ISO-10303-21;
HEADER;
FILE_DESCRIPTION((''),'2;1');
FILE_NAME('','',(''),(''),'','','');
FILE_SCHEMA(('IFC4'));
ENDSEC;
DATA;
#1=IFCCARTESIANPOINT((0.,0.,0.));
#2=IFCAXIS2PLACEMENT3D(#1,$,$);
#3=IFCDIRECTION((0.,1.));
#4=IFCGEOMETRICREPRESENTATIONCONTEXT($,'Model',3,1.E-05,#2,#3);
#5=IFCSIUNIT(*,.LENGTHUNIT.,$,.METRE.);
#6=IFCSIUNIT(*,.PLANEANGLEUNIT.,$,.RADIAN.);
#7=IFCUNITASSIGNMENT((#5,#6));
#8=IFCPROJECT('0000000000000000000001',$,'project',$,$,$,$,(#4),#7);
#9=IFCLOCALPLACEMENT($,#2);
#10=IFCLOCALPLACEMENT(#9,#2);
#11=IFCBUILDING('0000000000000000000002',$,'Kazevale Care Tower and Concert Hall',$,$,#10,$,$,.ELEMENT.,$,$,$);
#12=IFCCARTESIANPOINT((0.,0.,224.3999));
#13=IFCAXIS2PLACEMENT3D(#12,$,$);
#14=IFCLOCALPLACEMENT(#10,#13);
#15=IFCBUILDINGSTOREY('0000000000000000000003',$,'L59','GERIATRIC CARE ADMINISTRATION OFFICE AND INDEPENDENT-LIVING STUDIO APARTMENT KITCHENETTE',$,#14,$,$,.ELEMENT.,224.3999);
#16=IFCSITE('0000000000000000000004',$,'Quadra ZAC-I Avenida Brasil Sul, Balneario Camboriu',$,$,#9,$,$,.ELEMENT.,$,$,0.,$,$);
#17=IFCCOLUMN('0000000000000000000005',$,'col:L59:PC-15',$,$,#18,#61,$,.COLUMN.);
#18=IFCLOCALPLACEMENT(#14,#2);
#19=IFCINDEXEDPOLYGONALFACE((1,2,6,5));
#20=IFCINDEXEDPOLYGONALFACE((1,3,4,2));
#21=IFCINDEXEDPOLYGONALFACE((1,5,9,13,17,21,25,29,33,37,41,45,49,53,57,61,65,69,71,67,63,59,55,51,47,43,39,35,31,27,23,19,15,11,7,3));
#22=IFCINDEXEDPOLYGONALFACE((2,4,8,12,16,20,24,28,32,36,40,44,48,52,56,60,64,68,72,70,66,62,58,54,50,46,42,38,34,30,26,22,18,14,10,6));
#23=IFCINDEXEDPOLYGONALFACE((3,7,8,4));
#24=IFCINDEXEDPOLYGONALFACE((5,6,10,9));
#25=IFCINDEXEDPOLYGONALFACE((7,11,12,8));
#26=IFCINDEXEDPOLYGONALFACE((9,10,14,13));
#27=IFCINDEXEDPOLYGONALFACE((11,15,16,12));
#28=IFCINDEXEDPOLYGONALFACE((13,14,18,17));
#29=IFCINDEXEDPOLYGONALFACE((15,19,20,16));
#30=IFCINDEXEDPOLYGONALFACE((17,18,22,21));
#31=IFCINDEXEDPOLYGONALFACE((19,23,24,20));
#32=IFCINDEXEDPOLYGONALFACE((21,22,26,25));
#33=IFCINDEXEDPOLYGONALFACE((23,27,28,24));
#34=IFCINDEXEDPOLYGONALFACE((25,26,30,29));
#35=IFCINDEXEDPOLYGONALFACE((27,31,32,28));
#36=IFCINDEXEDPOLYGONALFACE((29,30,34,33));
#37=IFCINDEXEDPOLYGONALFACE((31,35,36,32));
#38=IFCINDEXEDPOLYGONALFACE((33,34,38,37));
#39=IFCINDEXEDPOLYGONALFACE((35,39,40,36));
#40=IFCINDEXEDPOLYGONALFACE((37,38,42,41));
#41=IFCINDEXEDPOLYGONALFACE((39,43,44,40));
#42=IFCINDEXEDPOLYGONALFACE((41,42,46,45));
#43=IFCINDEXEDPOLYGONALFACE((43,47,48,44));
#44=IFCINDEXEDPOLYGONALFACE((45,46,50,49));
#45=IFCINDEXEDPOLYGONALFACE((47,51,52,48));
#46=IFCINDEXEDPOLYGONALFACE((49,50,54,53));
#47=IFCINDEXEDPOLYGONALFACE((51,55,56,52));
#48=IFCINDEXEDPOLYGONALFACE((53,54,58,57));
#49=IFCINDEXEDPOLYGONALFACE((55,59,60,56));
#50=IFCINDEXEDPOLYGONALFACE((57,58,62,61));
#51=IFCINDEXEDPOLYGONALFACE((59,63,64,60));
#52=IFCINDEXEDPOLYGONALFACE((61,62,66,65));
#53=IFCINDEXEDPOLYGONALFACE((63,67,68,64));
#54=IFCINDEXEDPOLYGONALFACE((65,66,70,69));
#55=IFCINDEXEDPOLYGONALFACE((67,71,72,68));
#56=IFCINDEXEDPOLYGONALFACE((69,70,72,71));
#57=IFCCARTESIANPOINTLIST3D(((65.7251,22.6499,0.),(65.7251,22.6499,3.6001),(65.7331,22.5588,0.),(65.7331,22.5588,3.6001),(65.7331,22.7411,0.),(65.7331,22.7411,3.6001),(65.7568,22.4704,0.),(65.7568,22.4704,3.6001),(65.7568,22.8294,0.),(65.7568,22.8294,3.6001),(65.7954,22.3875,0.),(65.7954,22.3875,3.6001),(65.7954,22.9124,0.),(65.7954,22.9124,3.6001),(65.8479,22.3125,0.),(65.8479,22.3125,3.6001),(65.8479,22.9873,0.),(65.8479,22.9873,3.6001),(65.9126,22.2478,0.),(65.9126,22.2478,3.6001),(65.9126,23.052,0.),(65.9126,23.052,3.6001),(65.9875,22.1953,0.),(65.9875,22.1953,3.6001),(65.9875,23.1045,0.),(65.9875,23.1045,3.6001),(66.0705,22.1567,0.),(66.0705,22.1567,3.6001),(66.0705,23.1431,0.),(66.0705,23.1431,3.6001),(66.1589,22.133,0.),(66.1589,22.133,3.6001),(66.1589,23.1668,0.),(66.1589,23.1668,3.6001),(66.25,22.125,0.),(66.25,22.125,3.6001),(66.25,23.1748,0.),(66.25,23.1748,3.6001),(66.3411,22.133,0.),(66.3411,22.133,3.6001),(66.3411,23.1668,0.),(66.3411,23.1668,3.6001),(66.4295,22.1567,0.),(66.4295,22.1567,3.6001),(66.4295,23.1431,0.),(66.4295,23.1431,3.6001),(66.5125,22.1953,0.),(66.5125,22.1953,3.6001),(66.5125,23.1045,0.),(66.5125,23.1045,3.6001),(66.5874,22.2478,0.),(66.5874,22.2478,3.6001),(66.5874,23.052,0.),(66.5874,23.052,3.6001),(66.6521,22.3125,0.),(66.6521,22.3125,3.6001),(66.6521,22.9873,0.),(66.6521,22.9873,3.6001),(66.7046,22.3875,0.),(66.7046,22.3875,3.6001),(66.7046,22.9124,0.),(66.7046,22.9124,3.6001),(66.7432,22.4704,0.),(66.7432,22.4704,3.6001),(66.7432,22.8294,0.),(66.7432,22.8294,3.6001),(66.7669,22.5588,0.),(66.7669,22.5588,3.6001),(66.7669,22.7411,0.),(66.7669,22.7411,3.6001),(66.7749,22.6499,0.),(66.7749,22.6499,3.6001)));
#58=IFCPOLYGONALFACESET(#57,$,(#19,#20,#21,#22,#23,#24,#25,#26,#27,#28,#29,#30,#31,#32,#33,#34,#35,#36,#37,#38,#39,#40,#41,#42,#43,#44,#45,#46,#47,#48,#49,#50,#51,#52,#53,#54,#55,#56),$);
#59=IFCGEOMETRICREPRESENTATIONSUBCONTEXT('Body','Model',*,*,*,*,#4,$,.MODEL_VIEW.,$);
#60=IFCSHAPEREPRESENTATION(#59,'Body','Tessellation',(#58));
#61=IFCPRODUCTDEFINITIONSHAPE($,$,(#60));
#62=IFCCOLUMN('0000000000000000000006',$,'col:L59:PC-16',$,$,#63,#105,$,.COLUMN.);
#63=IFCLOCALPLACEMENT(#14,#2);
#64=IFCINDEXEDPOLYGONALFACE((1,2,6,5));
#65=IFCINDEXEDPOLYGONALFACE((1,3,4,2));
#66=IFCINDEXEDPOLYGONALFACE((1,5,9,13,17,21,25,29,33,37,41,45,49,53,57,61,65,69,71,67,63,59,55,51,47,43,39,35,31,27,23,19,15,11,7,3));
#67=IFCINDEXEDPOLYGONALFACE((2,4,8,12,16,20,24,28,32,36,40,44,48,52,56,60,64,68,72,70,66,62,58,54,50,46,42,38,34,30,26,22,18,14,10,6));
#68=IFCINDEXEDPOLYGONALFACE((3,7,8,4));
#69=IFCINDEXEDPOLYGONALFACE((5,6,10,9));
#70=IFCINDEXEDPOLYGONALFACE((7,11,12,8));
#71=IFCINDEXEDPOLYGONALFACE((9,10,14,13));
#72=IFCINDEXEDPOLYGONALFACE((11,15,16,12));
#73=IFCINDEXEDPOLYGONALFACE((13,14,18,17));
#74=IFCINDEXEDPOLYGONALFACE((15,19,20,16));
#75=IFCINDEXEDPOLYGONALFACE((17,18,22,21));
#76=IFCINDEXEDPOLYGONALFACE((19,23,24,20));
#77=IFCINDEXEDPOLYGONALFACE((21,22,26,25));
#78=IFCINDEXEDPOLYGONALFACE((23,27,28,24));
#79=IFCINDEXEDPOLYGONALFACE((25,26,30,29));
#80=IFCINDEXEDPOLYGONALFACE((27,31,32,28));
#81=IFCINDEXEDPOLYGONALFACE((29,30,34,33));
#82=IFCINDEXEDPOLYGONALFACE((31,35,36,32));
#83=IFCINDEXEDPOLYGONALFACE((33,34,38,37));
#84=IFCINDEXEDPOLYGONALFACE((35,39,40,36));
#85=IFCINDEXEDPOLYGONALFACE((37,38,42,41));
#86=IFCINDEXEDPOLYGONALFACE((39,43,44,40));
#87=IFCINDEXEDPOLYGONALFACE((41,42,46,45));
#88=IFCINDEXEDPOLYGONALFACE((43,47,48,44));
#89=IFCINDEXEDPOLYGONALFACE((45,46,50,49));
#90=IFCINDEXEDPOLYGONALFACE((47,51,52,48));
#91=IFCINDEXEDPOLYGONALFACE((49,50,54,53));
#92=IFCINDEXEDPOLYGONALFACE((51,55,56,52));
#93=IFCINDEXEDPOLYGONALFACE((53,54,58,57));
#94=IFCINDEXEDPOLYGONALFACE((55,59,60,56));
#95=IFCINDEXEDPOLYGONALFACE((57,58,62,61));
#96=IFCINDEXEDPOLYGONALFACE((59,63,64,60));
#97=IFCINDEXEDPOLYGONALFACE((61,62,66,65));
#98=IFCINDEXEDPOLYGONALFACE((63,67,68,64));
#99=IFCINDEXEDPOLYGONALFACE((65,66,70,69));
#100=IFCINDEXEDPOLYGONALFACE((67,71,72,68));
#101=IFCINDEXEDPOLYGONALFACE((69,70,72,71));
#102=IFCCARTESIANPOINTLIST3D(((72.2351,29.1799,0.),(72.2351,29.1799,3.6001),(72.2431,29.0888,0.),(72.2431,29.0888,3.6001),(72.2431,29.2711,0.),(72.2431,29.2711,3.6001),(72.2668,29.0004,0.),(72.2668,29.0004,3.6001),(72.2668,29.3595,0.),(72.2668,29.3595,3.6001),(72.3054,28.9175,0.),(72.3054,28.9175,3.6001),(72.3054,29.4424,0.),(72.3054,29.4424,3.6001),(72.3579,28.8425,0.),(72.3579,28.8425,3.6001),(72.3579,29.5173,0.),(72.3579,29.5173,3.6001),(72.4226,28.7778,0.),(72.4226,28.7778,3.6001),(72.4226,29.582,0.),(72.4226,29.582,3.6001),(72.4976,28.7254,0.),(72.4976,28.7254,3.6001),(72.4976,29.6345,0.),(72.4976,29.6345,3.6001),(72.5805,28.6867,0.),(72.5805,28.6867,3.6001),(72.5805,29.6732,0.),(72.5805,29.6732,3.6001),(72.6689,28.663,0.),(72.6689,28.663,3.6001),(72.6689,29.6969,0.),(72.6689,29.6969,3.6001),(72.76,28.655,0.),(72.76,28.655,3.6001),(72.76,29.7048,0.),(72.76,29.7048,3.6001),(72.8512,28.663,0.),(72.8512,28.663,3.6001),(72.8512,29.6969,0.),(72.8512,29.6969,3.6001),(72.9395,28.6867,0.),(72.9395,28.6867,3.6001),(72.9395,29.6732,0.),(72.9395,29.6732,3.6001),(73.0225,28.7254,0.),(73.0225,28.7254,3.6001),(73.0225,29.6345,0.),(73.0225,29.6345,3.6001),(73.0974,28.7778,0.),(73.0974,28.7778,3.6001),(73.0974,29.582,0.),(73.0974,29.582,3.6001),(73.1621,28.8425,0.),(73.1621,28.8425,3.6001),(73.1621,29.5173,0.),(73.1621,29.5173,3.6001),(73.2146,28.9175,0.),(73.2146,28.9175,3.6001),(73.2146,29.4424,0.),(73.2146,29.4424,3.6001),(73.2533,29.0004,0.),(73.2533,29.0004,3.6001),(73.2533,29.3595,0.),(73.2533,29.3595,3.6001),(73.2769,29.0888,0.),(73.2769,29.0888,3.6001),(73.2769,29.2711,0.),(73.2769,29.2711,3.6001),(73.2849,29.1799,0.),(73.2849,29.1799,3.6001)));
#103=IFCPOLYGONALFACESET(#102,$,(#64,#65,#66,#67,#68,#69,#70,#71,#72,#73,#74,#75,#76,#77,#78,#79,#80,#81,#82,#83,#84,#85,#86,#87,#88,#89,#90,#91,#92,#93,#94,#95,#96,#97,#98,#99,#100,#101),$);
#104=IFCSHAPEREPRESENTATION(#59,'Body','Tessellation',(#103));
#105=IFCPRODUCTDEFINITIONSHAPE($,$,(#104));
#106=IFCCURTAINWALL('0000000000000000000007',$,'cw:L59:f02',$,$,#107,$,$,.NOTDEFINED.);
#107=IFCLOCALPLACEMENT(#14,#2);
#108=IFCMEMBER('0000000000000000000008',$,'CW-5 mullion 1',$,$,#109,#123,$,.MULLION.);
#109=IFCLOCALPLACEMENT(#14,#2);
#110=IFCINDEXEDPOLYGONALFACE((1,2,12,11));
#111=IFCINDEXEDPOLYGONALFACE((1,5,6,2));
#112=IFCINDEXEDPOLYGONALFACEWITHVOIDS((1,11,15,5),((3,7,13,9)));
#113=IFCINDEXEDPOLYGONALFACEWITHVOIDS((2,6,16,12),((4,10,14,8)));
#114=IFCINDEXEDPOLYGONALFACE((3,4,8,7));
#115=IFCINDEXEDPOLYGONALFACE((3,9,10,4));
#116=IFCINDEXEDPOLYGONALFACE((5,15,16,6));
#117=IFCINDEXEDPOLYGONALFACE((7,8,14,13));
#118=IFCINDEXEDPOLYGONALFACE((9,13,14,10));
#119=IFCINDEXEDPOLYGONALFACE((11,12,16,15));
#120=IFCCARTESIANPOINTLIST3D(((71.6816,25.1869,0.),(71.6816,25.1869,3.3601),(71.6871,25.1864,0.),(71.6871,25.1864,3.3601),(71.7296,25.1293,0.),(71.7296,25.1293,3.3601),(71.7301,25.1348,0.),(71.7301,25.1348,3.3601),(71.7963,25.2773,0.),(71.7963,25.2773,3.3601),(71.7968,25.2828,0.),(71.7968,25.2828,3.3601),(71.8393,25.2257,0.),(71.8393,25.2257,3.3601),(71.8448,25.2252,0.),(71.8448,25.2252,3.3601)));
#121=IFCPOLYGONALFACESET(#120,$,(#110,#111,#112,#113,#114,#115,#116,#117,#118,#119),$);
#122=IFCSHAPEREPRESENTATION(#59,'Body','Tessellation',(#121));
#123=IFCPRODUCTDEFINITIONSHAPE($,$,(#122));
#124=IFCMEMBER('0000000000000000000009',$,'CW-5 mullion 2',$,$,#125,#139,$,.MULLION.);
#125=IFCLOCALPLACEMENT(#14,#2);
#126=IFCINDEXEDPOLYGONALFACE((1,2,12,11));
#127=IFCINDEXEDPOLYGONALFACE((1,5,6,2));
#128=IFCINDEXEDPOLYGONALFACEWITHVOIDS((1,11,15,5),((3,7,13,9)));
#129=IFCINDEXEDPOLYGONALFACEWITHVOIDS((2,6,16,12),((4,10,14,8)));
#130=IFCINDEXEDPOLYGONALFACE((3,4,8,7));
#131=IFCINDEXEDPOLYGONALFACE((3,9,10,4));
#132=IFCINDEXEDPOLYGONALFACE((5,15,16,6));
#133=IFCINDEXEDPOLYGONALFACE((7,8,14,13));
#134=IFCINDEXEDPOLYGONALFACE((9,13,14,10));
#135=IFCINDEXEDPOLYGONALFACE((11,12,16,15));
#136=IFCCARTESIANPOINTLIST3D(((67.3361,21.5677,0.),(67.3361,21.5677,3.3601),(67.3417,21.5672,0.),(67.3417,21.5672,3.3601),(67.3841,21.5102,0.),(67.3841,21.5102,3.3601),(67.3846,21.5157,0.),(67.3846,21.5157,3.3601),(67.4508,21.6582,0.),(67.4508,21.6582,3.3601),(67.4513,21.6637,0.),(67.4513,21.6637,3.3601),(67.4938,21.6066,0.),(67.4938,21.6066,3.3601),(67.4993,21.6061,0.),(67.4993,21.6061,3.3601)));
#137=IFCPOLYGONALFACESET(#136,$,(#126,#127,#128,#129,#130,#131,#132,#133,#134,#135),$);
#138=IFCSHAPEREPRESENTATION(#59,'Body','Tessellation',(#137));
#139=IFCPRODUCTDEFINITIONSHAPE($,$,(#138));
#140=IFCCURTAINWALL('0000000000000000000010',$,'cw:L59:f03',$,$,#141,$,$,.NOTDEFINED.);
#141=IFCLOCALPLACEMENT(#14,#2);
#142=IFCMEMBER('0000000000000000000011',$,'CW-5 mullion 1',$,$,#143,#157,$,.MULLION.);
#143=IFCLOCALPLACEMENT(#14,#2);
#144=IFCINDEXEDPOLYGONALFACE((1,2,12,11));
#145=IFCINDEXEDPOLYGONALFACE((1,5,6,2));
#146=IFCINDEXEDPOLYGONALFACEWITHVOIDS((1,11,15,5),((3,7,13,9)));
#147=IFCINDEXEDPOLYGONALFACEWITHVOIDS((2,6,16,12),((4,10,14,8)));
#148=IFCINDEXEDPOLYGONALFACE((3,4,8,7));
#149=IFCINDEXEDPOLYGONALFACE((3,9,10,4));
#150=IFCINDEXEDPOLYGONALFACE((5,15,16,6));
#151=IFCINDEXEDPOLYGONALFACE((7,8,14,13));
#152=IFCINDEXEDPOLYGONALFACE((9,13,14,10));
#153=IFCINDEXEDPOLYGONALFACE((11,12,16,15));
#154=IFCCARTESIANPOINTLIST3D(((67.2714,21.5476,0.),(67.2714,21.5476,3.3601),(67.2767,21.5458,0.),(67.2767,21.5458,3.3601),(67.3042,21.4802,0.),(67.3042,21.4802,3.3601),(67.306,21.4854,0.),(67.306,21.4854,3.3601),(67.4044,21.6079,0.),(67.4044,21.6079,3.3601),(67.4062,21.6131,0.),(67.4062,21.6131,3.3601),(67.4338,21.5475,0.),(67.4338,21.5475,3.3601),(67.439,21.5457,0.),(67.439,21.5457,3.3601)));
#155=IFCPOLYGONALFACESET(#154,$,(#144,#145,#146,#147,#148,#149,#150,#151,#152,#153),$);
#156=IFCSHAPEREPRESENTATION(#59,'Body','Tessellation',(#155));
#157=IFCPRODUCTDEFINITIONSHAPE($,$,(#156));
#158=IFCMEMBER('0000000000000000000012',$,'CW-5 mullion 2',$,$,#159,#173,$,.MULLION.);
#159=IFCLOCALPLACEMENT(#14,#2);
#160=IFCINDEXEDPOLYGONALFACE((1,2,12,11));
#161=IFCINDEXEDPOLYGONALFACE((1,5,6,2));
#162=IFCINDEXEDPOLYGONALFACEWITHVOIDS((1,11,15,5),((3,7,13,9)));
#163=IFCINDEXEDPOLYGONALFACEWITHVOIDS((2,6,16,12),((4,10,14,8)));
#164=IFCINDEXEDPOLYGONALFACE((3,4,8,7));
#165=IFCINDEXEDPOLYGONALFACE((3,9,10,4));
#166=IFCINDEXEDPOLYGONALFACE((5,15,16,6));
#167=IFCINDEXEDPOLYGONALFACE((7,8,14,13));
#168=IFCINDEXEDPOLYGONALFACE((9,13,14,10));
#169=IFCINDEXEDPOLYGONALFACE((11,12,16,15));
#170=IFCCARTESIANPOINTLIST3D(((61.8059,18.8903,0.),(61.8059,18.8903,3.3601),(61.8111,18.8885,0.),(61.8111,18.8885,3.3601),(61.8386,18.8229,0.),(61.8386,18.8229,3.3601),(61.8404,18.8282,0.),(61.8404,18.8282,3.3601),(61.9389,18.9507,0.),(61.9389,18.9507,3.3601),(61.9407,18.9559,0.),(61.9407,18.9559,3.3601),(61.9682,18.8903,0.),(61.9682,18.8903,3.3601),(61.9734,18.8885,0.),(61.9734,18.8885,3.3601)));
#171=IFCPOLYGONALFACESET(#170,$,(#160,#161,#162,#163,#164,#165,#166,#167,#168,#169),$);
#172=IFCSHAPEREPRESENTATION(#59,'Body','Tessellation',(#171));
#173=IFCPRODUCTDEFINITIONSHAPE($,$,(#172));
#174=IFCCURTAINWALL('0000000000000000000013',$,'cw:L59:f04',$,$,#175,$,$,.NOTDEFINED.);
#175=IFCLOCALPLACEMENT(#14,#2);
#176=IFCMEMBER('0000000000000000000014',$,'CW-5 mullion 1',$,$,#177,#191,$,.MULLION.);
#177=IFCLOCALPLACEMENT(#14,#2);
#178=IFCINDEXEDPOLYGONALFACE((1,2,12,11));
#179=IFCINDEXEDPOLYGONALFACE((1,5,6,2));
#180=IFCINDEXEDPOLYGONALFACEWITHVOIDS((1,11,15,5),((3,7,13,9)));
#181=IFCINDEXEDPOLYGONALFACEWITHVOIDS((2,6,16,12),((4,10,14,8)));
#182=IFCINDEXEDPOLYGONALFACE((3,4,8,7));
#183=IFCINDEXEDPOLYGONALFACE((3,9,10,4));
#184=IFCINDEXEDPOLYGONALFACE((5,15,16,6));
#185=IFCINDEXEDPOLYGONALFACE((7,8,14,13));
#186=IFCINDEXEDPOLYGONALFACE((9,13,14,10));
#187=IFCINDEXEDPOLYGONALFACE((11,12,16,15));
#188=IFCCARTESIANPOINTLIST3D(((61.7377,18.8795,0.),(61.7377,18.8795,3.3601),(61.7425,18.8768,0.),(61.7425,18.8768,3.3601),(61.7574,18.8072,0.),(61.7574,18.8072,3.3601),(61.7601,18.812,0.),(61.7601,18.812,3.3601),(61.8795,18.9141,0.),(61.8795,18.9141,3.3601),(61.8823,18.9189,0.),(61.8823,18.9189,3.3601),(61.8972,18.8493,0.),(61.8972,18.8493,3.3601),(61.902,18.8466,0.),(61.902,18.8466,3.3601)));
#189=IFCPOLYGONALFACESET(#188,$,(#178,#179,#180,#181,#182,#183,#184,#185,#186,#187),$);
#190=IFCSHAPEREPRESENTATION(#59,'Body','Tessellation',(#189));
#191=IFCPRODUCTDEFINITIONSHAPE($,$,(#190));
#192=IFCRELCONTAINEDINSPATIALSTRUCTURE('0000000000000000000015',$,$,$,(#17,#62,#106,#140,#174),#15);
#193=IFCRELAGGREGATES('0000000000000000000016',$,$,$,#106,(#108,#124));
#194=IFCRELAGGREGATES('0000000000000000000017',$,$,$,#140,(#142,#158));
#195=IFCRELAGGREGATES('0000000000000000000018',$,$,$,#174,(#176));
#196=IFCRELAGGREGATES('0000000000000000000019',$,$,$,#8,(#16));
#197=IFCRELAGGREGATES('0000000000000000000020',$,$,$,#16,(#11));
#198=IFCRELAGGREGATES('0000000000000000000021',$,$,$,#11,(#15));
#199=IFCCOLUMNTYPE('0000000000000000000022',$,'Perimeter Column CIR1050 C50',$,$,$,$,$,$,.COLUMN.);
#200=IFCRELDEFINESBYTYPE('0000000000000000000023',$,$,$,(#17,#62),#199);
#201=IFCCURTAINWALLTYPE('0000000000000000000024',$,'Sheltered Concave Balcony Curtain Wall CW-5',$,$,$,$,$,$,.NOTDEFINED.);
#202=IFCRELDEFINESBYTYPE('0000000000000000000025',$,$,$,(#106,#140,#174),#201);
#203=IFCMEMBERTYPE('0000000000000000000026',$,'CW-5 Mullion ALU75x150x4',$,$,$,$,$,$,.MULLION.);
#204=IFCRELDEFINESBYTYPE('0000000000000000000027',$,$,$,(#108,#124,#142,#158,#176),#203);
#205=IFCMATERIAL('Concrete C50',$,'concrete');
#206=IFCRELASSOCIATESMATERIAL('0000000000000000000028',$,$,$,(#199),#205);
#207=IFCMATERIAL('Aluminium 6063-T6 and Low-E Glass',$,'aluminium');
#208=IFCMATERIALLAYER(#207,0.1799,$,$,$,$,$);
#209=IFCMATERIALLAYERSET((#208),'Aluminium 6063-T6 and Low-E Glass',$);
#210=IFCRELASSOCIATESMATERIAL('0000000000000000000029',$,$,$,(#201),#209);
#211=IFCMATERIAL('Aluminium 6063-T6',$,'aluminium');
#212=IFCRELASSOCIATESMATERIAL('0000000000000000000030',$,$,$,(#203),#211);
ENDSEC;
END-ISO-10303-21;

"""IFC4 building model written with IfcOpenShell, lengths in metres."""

from ifc_helpers import new_model, si_unit, direction, frame, origin, origin_2d, place, context, subcontext, project, spatial, hollow_rectangle, circle, extrude, material, layer, layer_set, material_profile, profile_set, type_object, element, aggregate, save


model = new_model("IFC4")

# Units and contexts
model_context = context("Model", 3, precision=1e-05, world=origin(), true_north=direction((0.0, 1.0)))
body_context = subcontext(model_context, "Body", "Model", "MODEL_VIEW")
ifc_project = project(units=[si_unit("LENGTHUNIT", "METRE"), si_unit("PLANEANGLEUNIT", "RADIAN")], contexts=[model_context])

# Site, building, storey
site_placement = place(None, origin())
site = spatial("IfcSite", under=ifc_project, at=site_placement, Name="Quadra ZAC-I Avenida Brasil Sul, Balneario Camboriu", CompositionType="ELEMENT", RefElevation=0.0)
building_placement = place(site_placement, origin())
building = spatial("IfcBuilding", under=site, at=building_placement, Name="Kazevale Care Tower and Concert Hall", CompositionType="ELEMENT")
storey_placement = place(building_placement, frame((0.0, 0.0, 224.3999)))
storey = spatial("IfcBuildingStorey", under=building, at=storey_placement, Name="L59", Description="GERIATRIC CARE ADMINISTRATION OFFICE AND INDEPENDENT-LIVING STUDIO APARTMENT KITCHENETTE", CompositionType="ELEMENT", Elevation=224.3999)

# Columns
ifc_material_1 = material(Name="Concrete C50", Category="concrete")
ifc_material_profile_1 = material_profile(ifc_material_1, circle(Radius=0.5249, at=origin_2d()), Name="RC-CIR1050")
ifc_profile_set_1 = profile_set([ifc_material_profile_1], Name="Concrete C50")
column_type = type_object("IfcColumnType", Name="Perimeter Column CIR1050 C50", PredefinedType="COLUMN", material=ifc_profile_set_1)
for number, where, z_axis, x_axis, name in (
    (1, (66.25, 22.6499, 0.0), (0.0, 0.0, 1.0), (1.0, 0.0, 0.0), "col:L59:PC-15"),
    (2, (72.76, 29.1799, 0.0), (0.0, 0.0, 1.0), (1.0, 0.0, 0.0), "col:L59:PC-16"),
):
    element("IfcColumn", number, at=place(storey_placement, frame(where, z_axis=z_axis, x_axis=x_axis)), inside=storey, type_object=column_type, Name=name, PredefinedType="COLUMN", context=body_context, shape_type="SweptSolid", body=[
        extrude(circle(Radius=0.5249, at=origin_2d()), origin(), (0.0, 0.0, 1.0), 3.6001),
    ])

# Curtain walls, members
ifc_material_2 = material(Name="Aluminium 6063-T6 and Low-E Glass", Category="aluminium")
ifc_layer_1 = layer(ifc_material_2, 0.1799)
ifc_layer_set_1 = layer_set([ifc_layer_1], Name="Aluminium 6063-T6 and Low-E Glass")
curtain_wall_type = type_object("IfcCurtainWallType", Name="Sheltered Concave Balcony Curtain Wall CW-5", PredefinedType="NOTDEFINED", material=ifc_layer_set_1)
curtain_wall_1_placement = place(storey_placement, origin())
curtain_wall_1 = element("IfcCurtainWall", 3, at=curtain_wall_1_placement, inside=storey, type_object=curtain_wall_type, Name="cw:L59:f02", PredefinedType="NOTDEFINED")
ifc_material_3 = material(Name="Aluminium 6063-T6", Category="aluminium")
ifc_material_profile_2 = material_profile(ifc_material_3, hollow_rectangle(XDim=0.075, YDim=0.1499, WallThickness=0.0039, at=origin_2d()), Name="ALU75x150x4")
ifc_profile_set_2 = profile_set([ifc_material_profile_2], Name="Aluminium 6063-T6")
member_type_1 = type_object("IfcMemberType", Name="CW-5 Mullion ALU75x150x4", PredefinedType="MULLION", material=ifc_profile_set_2)
member_1_placement = place(storey_placement, frame((71.7632, 25.2061, 0.0), z_axis=(0.0, 0.0, 1.0), x_axis=(0.639961, -0.768407, 0.0)))
member_1 = element("IfcMember", 4, at=member_1_placement, type_object=member_type_1, Name="CW-5 mullion 1", PredefinedType="MULLION", context=body_context, shape_type="SweptSolid", body=[
    extrude(hollow_rectangle(XDim=0.075, YDim=0.1499, WallThickness=0.0039, at=origin_2d()), origin(), (0.0, 0.0, 1.0), 3.3601),
])
member_2_placement = place(storey_placement, frame((67.4177, 21.5869, 0.0), z_axis=(0.0, 0.0, 1.0), x_axis=(0.639961, -0.768407, 0.0)))
member_2 = element("IfcMember", 5, at=member_2_placement, type_object=member_type_1, Name="CW-5 mullion 2", PredefinedType="MULLION", context=body_context, shape_type="SweptSolid", body=[
    extrude(hollow_rectangle(XDim=0.075, YDim=0.1499, WallThickness=0.0039, at=origin_2d()), origin(), (0.0, 0.0, 1.0), 3.3601),
])
curtain_wall_2_placement = place(storey_placement, origin())
curtain_wall_2 = element("IfcCurtainWall", 6, at=curtain_wall_2_placement, inside=storey, type_object=curtain_wall_type, Name="cw:L59:f03", PredefinedType="NOTDEFINED")
member_3_placement = place(storey_placement, frame((67.3552, 21.5466, 0.0), z_axis=(0.0, 0.0, 1.0), x_axis=(0.437238, -0.899346, 0.0)))
member_3 = element("IfcMember", 7, at=member_3_placement, type_object=member_type_1, Name="CW-5 mullion 1", PredefinedType="MULLION", context=body_context, shape_type="SweptSolid", body=[
    extrude(hollow_rectangle(XDim=0.075, YDim=0.1499, WallThickness=0.0039, at=origin_2d()), origin(), (0.0, 0.0, 1.0), 3.3601),
])
member_4_placement = place(storey_placement, frame((61.8896, 18.8894, 0.0), z_axis=(0.0, 0.0, 1.0), x_axis=(0.437238, -0.899346, 0.0)))
member_4 = element("IfcMember", 8, at=member_4_placement, type_object=member_type_1, Name="CW-5 mullion 2", PredefinedType="MULLION", context=body_context, shape_type="SweptSolid", body=[
    extrude(hollow_rectangle(XDim=0.075, YDim=0.1499, WallThickness=0.0039, at=origin_2d()), origin(), (0.0, 0.0, 1.0), 3.3601),
])

# Curtain wall, member
curtain_wall_3_placement = place(storey_placement, origin())
curtain_wall_3 = element("IfcCurtainWall", 9, at=curtain_wall_3_placement, inside=storey, type_object=curtain_wall_type, Name="cw:L59:f04", PredefinedType="NOTDEFINED")
member_5_placement = place(storey_placement, frame((61.8198, 18.863, 0.0), z_axis=(0.0, 0.0, 1.0), x_axis=(0.262849, -0.964837, 0.0)))
member_5 = element("IfcMember", 10, at=member_5_placement, type_object=member_type_1, Name="CW-5 mullion 1", PredefinedType="MULLION", context=body_context, shape_type="SweptSolid", body=[
    extrude(hollow_rectangle(XDim=0.075, YDim=0.1499, WallThickness=0.0039, at=origin_2d()), origin(), (0.0, 0.0, 1.0), 3.3601),
])

aggregate(curtain_wall_1, [member_1, member_2])
aggregate(curtain_wall_2, [member_3, member_4])
aggregate(curtain_wall_3, [member_5])

save(model, "model.ifc")
